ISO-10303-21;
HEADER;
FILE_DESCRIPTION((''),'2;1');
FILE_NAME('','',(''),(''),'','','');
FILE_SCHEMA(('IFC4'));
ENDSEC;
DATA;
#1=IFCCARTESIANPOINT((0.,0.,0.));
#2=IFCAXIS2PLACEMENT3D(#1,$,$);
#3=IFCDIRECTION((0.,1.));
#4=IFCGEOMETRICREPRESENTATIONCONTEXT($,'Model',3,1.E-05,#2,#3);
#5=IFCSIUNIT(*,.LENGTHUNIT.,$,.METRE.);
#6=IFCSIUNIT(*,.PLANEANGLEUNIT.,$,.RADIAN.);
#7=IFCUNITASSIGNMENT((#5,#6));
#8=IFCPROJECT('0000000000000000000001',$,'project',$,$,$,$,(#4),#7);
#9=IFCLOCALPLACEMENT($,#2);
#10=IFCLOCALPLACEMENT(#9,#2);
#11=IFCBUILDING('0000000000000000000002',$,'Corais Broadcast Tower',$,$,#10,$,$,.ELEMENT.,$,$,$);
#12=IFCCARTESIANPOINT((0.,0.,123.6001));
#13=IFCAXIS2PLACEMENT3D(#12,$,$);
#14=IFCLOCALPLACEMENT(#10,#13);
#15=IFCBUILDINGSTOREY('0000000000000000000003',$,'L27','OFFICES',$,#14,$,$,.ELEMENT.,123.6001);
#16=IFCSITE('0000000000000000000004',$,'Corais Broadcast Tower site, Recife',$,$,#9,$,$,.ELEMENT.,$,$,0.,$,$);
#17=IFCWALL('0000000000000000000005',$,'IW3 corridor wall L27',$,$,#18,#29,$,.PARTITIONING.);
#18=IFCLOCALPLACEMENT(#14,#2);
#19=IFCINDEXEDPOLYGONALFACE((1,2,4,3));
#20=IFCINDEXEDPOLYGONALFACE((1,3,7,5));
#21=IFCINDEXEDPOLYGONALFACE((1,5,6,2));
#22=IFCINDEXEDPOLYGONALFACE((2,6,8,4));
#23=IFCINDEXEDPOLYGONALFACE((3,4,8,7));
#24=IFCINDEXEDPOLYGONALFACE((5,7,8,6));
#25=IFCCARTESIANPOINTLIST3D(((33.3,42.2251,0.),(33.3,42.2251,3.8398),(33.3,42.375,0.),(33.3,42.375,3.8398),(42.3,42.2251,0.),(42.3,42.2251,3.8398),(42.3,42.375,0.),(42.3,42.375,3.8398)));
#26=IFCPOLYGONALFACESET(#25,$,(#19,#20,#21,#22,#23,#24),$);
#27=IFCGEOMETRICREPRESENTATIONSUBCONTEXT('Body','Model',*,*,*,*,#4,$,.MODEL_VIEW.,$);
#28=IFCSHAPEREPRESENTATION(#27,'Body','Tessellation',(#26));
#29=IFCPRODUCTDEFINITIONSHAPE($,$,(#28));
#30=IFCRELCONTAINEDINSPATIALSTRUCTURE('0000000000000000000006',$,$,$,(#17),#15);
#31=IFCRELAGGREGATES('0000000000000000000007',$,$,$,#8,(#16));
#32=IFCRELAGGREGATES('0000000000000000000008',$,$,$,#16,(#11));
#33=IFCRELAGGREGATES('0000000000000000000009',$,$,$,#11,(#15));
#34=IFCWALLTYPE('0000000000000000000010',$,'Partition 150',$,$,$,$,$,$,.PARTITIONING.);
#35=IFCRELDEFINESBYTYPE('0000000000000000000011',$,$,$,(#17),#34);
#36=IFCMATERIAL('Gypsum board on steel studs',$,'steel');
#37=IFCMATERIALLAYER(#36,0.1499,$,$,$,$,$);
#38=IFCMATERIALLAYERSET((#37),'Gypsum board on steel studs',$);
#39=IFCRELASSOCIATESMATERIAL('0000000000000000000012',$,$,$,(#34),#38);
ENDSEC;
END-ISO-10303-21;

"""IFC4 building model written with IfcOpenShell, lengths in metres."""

from ifc_helpers import new_model, si_unit, direction, frame, frame_2d, origin, place, context, subcontext, project, spatial, rectangle, extrude, material, layer, layer_set, type_object, element, save


model = new_model("IFC4")

# Units and contexts
model_context = context("Model", 3, precision=1e-05, world=origin(), true_north=direction((0.0, 1.0)))
body_context = subcontext(model_context, "Body", "Model", "MODEL_VIEW")
ifc_project = project(units=[si_unit("LENGTHUNIT", "METRE"), si_unit("PLANEANGLEUNIT", "RADIAN")], contexts=[model_context])

# Site, building, storey
site_placement = place(None, origin())
site = spatial("IfcSite", under=ifc_project, at=site_placement, Name="Corais Broadcast Tower site, Recife", CompositionType="ELEMENT", RefElevation=0.0)
building_placement = place(site_placement, origin())
building = spatial("IfcBuilding", under=site, at=building_placement, Name="Corais Broadcast Tower", CompositionType="ELEMENT")
storey_placement = place(building_placement, frame((0.0, 0.0, 123.6001)))
storey = spatial("IfcBuildingStorey", under=building, at=storey_placement, Name="L27", Description="OFFICES", CompositionType="ELEMENT", Elevation=123.6001)

# Wall
ifc_material_1 = material(Name="Gypsum board on steel studs", Category="steel")
ifc_layer_1 = layer(ifc_material_1, 0.1499)
ifc_layer_set_1 = layer_set([ifc_layer_1], Name="Gypsum board on steel studs")
wall_type = type_object("IfcWallType", Name="Partition 150", PredefinedType="PARTITIONING", material=ifc_layer_set_1)
wall_placement = place(storey_placement, frame((42.3, 42.3, 0.0), z_axis=(0.0, 0.0, 1.0), x_axis=(-1.0, 0.0, 0.0)))
element("IfcWall", 1, at=wall_placement, inside=storey, type_object=wall_type, Name="IW3 corridor wall L27", PredefinedType="PARTITIONING", context=body_context, shape_type="SweptSolid", body=[
    extrude(rectangle(XDim=9.0, YDim=0.1499, at=frame_2d((4.5, 0.0))), origin(), (0.0, 0.0, 1.0), 3.8398),
])

save(model, "model.ifc")
